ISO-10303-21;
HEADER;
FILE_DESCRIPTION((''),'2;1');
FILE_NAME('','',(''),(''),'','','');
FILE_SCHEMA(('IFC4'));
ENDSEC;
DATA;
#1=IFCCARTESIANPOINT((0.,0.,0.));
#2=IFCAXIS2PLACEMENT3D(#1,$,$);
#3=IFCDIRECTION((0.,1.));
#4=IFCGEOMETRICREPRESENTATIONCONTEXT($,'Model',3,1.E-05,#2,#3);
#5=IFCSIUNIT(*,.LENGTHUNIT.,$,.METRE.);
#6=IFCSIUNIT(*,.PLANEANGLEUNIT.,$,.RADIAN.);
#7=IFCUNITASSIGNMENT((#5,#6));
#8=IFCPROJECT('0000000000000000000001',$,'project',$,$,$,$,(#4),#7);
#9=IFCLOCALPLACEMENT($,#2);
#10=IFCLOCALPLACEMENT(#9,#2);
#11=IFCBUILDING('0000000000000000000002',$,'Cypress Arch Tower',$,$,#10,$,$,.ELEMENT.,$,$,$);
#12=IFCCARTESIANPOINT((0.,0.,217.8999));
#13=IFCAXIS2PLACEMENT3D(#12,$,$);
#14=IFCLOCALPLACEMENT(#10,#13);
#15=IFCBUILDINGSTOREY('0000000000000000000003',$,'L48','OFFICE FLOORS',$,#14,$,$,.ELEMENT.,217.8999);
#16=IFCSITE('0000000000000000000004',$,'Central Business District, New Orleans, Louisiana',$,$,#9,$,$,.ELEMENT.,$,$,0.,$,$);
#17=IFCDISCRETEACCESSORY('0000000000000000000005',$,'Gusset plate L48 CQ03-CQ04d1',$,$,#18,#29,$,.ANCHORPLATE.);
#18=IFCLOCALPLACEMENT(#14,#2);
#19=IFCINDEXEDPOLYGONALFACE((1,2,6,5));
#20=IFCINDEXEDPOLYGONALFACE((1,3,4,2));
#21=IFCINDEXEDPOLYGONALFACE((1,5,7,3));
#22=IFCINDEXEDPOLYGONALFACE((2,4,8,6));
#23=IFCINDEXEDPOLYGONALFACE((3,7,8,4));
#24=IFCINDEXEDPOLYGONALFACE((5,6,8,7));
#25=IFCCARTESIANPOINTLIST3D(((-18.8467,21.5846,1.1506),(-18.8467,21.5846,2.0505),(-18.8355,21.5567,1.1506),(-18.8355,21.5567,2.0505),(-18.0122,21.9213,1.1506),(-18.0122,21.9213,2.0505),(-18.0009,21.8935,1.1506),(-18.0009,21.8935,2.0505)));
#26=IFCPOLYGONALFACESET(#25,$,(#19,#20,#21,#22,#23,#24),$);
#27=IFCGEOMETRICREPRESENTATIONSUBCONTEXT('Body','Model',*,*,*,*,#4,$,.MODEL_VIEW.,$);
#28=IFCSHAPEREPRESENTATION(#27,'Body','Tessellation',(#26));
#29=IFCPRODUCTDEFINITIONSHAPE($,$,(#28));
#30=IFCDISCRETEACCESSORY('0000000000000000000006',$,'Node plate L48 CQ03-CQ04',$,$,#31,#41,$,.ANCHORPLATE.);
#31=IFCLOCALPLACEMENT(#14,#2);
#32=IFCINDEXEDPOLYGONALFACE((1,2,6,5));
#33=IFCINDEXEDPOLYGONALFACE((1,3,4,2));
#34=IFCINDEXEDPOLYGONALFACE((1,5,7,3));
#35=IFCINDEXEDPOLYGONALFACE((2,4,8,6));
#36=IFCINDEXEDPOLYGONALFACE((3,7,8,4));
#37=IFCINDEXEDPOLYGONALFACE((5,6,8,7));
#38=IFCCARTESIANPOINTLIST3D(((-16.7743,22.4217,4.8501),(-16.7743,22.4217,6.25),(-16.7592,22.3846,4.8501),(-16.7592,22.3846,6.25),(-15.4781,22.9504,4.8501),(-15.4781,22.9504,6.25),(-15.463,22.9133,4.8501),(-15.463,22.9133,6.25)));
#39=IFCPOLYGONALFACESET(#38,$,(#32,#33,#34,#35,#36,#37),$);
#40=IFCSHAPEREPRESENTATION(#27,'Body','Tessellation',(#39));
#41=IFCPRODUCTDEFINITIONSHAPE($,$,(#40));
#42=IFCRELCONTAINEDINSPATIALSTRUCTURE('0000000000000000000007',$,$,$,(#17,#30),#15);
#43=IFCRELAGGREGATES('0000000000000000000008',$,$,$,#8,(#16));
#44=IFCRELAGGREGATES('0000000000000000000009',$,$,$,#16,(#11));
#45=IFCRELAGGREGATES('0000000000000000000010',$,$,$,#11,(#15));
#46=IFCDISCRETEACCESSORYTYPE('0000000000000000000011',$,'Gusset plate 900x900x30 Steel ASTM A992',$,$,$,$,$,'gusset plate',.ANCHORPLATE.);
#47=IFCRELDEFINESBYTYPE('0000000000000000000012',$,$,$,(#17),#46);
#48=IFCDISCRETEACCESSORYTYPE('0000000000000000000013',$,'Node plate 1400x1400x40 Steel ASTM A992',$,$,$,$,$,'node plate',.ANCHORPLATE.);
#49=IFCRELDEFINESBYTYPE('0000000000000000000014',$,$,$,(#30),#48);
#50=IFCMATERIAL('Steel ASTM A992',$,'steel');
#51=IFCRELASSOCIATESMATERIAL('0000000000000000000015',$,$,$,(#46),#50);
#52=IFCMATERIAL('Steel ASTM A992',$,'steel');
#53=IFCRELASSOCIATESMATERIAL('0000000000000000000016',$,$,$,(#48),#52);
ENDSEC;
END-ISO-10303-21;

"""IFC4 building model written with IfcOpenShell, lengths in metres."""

from ifc_helpers import new_model, si_unit, direction, frame, origin, origin_2d, place, context, subcontext, project, spatial, rectangle, extrude, material, material_profile, profile_set, type_object, element, save


model = new_model("IFC4")

# Units and contexts
model_context = context("Model", 3, precision=1e-05, world=origin(), true_north=direction((0.0, 1.0)))
body_context = subcontext(model_context, "Body", "Model", "MODEL_VIEW")
ifc_project = project(units=[si_unit("LENGTHUNIT", "METRE"), si_unit("PLANEANGLEUNIT", "RADIAN")], contexts=[model_context])

# Site, building, storey
site_placement = place(None, origin())
site = spatial("IfcSite", under=ifc_project, at=site_placement, Name="Central Business District, New Orleans, Louisiana", CompositionType="ELEMENT", RefElevation=0.0)
building_placement = place(site_placement, origin())
building = spatial("IfcBuilding", under=site, at=building_placement, Name="Cypress Arch Tower", CompositionType="ELEMENT")
storey_placement = place(building_placement, frame((0.0, 0.0, 217.8999)))
storey = spatial("IfcBuildingStorey", under=building, at=storey_placement, Name="L48", Description="OFFICE FLOORS", CompositionType="ELEMENT", Elevation=217.8999)

# Discrete accessories
ifc_material_1 = material(Name="Steel ASTM A992", Category="steel")
ifc_material_profile_1 = material_profile(ifc_material_1, rectangle(XDim=0.8999, YDim=0.8999, at=origin_2d()), Name="PL 30 900x900")
ifc_profile_set_1 = profile_set([ifc_material_profile_1], Name="Steel ASTM A992")
discrete_accessory_type_1 = type_object("IfcDiscreteAccessoryType", Name="Gusset plate 900x900x30 Steel ASTM A992", ElementType="gusset plate", PredefinedType="ANCHORPLATE", material=ifc_profile_set_1)
for number, where, z_axis, x_axis, name in (
    (1, (-18.4294, 21.7529, 1.6006), (0.374194, -0.92735, 0.0), (0.92735, 0.374194, 0.0), "Gusset plate L48 CQ03-CQ04d1"),
):
    element("IfcDiscreteAccessory", number, at=place(storey_placement, frame(where, z_axis=z_axis, x_axis=x_axis)), inside=storey, type_object=discrete_accessory_type_1, Name=name, PredefinedType="ANCHORPLATE", context=body_context, shape_type="SweptSolid", body=[
        extrude(rectangle(XDim=0.8999, YDim=0.8999, at=origin_2d()), origin(), (0.0, 0.0, 1.0), 0.03),
    ])
ifc_material_2 = material(Name="Steel ASTM A992", Category="steel")
ifc_material_profile_2 = material_profile(ifc_material_2, rectangle(XDim=1.3999, YDim=1.3999, at=origin_2d()), Name="PL 40 1400x1400")
ifc_profile_set_2 = profile_set([ifc_material_profile_2], Name="Steel ASTM A992")
discrete_accessory_type_2 = type_object("IfcDiscreteAccessoryType", Name="Node plate 1400x1400x40 Steel ASTM A992", ElementType="node plate", PredefinedType="ANCHORPLATE", material=ifc_profile_set_2)
discrete_accessory_placement = place(storey_placement, frame((-16.1262, 22.686, 5.55), z_axis=(0.377684, -0.925935, 0.0), x_axis=(0.925935, 0.377684, 0.0)))
element("IfcDiscreteAccessory", 2, at=discrete_accessory_placement, inside=storey, type_object=discrete_accessory_type_2, Name="Node plate L48 CQ03-CQ04", PredefinedType="ANCHORPLATE", context=body_context, shape_type="SweptSolid", body=[
    extrude(rectangle(XDim=1.3999, YDim=1.3999, at=origin_2d()), origin(), (0.0, 0.0, 1.0), 0.04),
])

save(model, "model.ifc")
